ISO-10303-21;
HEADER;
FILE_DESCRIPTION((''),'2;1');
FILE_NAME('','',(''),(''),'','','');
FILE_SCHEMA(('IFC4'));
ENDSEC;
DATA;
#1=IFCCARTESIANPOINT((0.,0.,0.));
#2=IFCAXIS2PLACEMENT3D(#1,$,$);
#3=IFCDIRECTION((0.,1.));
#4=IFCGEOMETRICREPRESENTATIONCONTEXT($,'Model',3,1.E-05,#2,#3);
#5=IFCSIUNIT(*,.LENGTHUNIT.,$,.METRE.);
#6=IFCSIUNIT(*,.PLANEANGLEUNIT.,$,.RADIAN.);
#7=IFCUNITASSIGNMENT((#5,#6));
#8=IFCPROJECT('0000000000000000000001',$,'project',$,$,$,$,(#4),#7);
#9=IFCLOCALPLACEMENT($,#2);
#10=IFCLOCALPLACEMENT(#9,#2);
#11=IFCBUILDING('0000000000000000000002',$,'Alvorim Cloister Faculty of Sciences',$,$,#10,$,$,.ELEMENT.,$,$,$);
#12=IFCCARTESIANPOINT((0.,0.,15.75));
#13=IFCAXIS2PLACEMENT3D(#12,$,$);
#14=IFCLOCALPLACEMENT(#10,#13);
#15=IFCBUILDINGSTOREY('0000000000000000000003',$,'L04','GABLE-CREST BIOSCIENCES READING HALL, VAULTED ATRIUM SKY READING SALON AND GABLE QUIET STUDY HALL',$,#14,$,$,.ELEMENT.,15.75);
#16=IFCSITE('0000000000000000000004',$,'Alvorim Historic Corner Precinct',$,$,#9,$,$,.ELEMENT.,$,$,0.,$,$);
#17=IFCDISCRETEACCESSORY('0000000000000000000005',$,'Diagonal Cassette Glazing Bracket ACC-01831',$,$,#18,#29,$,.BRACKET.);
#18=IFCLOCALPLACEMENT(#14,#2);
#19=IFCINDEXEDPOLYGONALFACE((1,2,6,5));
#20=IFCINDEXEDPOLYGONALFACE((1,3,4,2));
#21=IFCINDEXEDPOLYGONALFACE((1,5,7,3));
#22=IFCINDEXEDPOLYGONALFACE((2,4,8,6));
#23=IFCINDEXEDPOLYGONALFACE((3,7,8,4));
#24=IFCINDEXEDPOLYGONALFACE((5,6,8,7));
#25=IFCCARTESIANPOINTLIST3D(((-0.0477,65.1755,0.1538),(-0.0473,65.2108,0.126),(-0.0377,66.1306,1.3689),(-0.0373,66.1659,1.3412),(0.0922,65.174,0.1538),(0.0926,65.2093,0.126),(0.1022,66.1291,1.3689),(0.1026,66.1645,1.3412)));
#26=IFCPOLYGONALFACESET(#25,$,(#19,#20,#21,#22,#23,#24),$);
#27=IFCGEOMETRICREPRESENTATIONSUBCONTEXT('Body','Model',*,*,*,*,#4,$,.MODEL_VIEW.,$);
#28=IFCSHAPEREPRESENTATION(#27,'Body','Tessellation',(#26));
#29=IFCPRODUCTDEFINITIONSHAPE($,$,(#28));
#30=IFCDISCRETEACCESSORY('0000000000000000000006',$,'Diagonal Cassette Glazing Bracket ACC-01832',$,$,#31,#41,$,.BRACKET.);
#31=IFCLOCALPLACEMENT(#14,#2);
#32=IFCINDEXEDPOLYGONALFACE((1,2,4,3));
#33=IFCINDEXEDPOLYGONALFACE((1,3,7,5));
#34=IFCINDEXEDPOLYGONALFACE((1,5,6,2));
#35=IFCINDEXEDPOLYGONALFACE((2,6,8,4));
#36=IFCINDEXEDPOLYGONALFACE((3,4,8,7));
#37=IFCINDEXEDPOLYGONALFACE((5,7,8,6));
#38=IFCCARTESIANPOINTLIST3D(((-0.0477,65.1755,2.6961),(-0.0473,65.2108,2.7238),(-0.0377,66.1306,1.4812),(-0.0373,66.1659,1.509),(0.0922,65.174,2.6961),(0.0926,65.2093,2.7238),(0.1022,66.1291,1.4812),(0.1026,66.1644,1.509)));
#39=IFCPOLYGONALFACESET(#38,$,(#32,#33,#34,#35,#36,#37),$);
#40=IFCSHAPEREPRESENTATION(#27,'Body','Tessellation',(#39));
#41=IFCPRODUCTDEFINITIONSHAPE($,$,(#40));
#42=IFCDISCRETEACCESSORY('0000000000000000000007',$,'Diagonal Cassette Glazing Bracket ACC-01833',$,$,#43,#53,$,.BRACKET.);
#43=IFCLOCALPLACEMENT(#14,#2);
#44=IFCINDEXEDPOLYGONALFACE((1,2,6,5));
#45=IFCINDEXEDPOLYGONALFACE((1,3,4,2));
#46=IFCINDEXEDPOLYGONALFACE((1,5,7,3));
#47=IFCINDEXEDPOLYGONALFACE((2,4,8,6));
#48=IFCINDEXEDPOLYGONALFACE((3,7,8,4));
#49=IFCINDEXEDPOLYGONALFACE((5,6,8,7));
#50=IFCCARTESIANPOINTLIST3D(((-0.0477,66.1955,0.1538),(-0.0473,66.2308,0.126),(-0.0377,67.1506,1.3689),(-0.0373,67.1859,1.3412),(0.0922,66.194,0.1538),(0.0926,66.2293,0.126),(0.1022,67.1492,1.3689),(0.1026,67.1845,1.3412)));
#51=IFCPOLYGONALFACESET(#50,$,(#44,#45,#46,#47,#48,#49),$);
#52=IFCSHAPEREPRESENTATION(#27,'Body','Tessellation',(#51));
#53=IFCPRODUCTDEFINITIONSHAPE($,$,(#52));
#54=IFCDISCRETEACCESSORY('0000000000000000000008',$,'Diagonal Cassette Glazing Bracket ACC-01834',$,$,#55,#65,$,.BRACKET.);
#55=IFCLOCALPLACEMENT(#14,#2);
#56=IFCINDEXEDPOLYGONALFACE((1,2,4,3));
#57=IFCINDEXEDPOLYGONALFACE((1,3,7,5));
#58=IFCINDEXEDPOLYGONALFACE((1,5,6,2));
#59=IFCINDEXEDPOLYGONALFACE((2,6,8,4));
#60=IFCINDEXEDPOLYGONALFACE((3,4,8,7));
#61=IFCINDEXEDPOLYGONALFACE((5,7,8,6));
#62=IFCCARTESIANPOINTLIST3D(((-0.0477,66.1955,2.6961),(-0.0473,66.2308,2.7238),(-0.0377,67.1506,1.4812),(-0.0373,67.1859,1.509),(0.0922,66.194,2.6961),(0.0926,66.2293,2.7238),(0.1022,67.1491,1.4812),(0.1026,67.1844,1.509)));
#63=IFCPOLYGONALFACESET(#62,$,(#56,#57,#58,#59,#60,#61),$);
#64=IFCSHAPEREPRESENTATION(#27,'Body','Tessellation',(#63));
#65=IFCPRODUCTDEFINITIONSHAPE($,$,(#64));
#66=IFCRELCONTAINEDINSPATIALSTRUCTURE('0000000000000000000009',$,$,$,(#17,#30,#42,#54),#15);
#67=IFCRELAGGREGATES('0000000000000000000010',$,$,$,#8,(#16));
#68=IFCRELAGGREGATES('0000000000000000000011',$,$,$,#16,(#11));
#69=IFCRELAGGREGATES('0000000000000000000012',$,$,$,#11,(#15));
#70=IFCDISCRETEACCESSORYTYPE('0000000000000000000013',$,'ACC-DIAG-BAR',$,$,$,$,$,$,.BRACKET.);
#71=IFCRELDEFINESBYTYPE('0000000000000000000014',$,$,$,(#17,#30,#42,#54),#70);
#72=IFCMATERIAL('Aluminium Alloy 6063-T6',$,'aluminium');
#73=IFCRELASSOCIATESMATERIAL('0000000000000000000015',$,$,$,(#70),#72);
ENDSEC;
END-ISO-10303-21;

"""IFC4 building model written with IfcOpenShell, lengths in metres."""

from ifc_helpers import new_model, si_unit, direction, frame, origin, origin_2d, place, context, subcontext, project, spatial, rectangle, extrude, material, type_object, element, save


model = new_model("IFC4")

# Units and contexts
model_context = context("Model", 3, precision=1e-05, world=origin(), true_north=direction((0.0, 1.0)))
body_context = subcontext(model_context, "Body", "Model", "MODEL_VIEW")
ifc_project = project(units=[si_unit("LENGTHUNIT", "METRE"), si_unit("PLANEANGLEUNIT", "RADIAN")], contexts=[model_context])

# Site, building, storey
site_placement = place(None, origin())
site = spatial("IfcSite", under=ifc_project, at=site_placement, Name="Alvorim Historic Corner Precinct", CompositionType="ELEMENT", RefElevation=0.0)
building_placement = place(site_placement, origin())
building = spatial("IfcBuilding", under=site, at=building_placement, Name="Alvorim Cloister Faculty of Sciences", CompositionType="ELEMENT")
storey_placement = place(building_placement, frame((0.0, 0.0, 15.75)))
storey = spatial("IfcBuildingStorey", under=building, at=storey_placement, Name="L04", Description="GABLE-CREST BIOSCIENCES READING HALL, VAULTED ATRIUM SKY READING SALON AND GABLE QUIET STUDY HALL", CompositionType="ELEMENT", Elevation=15.75)

# Shared definitions
ifc_material_1 = material(Name="Aluminium Alloy 6063-T6", Category="aluminium")

# Discrete accessories
discrete_accessory_type = type_object("IfcDiscreteAccessoryType", Name="ACC-DIAG-BAR", PredefinedType="BRACKET", material=ifc_material_1)
discrete_accessory_1_placement = place(storey_placement, frame((0.0225, 65.1924, 0.1399), z_axis=(0.006477, 0.617955, 0.786187), x_axis=(-0.999945, 0.01048, 0.0)))
element("IfcDiscreteAccessory", 1, at=discrete_accessory_1_placement, inside=storey, type_object=discrete_accessory_type, Name="Diagonal Cassette Glazing Bracket ACC-01831", PredefinedType="BRACKET", context=body_context, shape_type="SweptSolid", body=[
    extrude(rectangle(XDim=0.1399, YDim=0.0449, at=origin_2d()), origin(), (0.0, 0.0, 1.0), 1.5457),
])
discrete_accessory_2_placement = place(storey_placement, frame((0.0225, 65.1924, 2.71), z_axis=(0.006477, 0.618032, -0.786126), x_axis=(-0.999945, 0.01048, 0.0)))
element("IfcDiscreteAccessory", 2, at=discrete_accessory_2_placement, inside=storey, type_object=discrete_accessory_type, Name="Diagonal Cassette Glazing Bracket ACC-01832", PredefinedType="BRACKET", context=body_context, shape_type="SweptSolid", body=[
    extrude(rectangle(XDim=0.1399, YDim=0.0449, at=origin_2d()), origin(), (0.0, 0.0, 1.0), 1.5454),
])
discrete_accessory_3_placement = place(storey_placement, frame((0.0225, 66.2124, 0.1399), z_axis=(0.006477, 0.617955, 0.786187), x_axis=(-0.999945, 0.01048, 0.0)))
element("IfcDiscreteAccessory", 3, at=discrete_accessory_3_placement, inside=storey, type_object=discrete_accessory_type, Name="Diagonal Cassette Glazing Bracket ACC-01833", PredefinedType="BRACKET", context=body_context, shape_type="SweptSolid", body=[
    extrude(rectangle(XDim=0.1399, YDim=0.0449, at=origin_2d()), origin(), (0.0, 0.0, 1.0), 1.5457),
])
discrete_accessory_4_placement = place(storey_placement, frame((0.0225, 66.2124, 2.71), z_axis=(0.006477, 0.618032, -0.786126), x_axis=(-0.999945, 0.01048, 0.0)))
element("IfcDiscreteAccessory", 4, at=discrete_accessory_4_placement, inside=storey, type_object=discrete_accessory_type, Name="Diagonal Cassette Glazing Bracket ACC-01834", PredefinedType="BRACKET", context=body_context, shape_type="SweptSolid", body=[
    extrude(rectangle(XDim=0.1399, YDim=0.0449, at=origin_2d()), origin(), (0.0, 0.0, 1.0), 1.5454),
])

save(model, "model.ifc")
